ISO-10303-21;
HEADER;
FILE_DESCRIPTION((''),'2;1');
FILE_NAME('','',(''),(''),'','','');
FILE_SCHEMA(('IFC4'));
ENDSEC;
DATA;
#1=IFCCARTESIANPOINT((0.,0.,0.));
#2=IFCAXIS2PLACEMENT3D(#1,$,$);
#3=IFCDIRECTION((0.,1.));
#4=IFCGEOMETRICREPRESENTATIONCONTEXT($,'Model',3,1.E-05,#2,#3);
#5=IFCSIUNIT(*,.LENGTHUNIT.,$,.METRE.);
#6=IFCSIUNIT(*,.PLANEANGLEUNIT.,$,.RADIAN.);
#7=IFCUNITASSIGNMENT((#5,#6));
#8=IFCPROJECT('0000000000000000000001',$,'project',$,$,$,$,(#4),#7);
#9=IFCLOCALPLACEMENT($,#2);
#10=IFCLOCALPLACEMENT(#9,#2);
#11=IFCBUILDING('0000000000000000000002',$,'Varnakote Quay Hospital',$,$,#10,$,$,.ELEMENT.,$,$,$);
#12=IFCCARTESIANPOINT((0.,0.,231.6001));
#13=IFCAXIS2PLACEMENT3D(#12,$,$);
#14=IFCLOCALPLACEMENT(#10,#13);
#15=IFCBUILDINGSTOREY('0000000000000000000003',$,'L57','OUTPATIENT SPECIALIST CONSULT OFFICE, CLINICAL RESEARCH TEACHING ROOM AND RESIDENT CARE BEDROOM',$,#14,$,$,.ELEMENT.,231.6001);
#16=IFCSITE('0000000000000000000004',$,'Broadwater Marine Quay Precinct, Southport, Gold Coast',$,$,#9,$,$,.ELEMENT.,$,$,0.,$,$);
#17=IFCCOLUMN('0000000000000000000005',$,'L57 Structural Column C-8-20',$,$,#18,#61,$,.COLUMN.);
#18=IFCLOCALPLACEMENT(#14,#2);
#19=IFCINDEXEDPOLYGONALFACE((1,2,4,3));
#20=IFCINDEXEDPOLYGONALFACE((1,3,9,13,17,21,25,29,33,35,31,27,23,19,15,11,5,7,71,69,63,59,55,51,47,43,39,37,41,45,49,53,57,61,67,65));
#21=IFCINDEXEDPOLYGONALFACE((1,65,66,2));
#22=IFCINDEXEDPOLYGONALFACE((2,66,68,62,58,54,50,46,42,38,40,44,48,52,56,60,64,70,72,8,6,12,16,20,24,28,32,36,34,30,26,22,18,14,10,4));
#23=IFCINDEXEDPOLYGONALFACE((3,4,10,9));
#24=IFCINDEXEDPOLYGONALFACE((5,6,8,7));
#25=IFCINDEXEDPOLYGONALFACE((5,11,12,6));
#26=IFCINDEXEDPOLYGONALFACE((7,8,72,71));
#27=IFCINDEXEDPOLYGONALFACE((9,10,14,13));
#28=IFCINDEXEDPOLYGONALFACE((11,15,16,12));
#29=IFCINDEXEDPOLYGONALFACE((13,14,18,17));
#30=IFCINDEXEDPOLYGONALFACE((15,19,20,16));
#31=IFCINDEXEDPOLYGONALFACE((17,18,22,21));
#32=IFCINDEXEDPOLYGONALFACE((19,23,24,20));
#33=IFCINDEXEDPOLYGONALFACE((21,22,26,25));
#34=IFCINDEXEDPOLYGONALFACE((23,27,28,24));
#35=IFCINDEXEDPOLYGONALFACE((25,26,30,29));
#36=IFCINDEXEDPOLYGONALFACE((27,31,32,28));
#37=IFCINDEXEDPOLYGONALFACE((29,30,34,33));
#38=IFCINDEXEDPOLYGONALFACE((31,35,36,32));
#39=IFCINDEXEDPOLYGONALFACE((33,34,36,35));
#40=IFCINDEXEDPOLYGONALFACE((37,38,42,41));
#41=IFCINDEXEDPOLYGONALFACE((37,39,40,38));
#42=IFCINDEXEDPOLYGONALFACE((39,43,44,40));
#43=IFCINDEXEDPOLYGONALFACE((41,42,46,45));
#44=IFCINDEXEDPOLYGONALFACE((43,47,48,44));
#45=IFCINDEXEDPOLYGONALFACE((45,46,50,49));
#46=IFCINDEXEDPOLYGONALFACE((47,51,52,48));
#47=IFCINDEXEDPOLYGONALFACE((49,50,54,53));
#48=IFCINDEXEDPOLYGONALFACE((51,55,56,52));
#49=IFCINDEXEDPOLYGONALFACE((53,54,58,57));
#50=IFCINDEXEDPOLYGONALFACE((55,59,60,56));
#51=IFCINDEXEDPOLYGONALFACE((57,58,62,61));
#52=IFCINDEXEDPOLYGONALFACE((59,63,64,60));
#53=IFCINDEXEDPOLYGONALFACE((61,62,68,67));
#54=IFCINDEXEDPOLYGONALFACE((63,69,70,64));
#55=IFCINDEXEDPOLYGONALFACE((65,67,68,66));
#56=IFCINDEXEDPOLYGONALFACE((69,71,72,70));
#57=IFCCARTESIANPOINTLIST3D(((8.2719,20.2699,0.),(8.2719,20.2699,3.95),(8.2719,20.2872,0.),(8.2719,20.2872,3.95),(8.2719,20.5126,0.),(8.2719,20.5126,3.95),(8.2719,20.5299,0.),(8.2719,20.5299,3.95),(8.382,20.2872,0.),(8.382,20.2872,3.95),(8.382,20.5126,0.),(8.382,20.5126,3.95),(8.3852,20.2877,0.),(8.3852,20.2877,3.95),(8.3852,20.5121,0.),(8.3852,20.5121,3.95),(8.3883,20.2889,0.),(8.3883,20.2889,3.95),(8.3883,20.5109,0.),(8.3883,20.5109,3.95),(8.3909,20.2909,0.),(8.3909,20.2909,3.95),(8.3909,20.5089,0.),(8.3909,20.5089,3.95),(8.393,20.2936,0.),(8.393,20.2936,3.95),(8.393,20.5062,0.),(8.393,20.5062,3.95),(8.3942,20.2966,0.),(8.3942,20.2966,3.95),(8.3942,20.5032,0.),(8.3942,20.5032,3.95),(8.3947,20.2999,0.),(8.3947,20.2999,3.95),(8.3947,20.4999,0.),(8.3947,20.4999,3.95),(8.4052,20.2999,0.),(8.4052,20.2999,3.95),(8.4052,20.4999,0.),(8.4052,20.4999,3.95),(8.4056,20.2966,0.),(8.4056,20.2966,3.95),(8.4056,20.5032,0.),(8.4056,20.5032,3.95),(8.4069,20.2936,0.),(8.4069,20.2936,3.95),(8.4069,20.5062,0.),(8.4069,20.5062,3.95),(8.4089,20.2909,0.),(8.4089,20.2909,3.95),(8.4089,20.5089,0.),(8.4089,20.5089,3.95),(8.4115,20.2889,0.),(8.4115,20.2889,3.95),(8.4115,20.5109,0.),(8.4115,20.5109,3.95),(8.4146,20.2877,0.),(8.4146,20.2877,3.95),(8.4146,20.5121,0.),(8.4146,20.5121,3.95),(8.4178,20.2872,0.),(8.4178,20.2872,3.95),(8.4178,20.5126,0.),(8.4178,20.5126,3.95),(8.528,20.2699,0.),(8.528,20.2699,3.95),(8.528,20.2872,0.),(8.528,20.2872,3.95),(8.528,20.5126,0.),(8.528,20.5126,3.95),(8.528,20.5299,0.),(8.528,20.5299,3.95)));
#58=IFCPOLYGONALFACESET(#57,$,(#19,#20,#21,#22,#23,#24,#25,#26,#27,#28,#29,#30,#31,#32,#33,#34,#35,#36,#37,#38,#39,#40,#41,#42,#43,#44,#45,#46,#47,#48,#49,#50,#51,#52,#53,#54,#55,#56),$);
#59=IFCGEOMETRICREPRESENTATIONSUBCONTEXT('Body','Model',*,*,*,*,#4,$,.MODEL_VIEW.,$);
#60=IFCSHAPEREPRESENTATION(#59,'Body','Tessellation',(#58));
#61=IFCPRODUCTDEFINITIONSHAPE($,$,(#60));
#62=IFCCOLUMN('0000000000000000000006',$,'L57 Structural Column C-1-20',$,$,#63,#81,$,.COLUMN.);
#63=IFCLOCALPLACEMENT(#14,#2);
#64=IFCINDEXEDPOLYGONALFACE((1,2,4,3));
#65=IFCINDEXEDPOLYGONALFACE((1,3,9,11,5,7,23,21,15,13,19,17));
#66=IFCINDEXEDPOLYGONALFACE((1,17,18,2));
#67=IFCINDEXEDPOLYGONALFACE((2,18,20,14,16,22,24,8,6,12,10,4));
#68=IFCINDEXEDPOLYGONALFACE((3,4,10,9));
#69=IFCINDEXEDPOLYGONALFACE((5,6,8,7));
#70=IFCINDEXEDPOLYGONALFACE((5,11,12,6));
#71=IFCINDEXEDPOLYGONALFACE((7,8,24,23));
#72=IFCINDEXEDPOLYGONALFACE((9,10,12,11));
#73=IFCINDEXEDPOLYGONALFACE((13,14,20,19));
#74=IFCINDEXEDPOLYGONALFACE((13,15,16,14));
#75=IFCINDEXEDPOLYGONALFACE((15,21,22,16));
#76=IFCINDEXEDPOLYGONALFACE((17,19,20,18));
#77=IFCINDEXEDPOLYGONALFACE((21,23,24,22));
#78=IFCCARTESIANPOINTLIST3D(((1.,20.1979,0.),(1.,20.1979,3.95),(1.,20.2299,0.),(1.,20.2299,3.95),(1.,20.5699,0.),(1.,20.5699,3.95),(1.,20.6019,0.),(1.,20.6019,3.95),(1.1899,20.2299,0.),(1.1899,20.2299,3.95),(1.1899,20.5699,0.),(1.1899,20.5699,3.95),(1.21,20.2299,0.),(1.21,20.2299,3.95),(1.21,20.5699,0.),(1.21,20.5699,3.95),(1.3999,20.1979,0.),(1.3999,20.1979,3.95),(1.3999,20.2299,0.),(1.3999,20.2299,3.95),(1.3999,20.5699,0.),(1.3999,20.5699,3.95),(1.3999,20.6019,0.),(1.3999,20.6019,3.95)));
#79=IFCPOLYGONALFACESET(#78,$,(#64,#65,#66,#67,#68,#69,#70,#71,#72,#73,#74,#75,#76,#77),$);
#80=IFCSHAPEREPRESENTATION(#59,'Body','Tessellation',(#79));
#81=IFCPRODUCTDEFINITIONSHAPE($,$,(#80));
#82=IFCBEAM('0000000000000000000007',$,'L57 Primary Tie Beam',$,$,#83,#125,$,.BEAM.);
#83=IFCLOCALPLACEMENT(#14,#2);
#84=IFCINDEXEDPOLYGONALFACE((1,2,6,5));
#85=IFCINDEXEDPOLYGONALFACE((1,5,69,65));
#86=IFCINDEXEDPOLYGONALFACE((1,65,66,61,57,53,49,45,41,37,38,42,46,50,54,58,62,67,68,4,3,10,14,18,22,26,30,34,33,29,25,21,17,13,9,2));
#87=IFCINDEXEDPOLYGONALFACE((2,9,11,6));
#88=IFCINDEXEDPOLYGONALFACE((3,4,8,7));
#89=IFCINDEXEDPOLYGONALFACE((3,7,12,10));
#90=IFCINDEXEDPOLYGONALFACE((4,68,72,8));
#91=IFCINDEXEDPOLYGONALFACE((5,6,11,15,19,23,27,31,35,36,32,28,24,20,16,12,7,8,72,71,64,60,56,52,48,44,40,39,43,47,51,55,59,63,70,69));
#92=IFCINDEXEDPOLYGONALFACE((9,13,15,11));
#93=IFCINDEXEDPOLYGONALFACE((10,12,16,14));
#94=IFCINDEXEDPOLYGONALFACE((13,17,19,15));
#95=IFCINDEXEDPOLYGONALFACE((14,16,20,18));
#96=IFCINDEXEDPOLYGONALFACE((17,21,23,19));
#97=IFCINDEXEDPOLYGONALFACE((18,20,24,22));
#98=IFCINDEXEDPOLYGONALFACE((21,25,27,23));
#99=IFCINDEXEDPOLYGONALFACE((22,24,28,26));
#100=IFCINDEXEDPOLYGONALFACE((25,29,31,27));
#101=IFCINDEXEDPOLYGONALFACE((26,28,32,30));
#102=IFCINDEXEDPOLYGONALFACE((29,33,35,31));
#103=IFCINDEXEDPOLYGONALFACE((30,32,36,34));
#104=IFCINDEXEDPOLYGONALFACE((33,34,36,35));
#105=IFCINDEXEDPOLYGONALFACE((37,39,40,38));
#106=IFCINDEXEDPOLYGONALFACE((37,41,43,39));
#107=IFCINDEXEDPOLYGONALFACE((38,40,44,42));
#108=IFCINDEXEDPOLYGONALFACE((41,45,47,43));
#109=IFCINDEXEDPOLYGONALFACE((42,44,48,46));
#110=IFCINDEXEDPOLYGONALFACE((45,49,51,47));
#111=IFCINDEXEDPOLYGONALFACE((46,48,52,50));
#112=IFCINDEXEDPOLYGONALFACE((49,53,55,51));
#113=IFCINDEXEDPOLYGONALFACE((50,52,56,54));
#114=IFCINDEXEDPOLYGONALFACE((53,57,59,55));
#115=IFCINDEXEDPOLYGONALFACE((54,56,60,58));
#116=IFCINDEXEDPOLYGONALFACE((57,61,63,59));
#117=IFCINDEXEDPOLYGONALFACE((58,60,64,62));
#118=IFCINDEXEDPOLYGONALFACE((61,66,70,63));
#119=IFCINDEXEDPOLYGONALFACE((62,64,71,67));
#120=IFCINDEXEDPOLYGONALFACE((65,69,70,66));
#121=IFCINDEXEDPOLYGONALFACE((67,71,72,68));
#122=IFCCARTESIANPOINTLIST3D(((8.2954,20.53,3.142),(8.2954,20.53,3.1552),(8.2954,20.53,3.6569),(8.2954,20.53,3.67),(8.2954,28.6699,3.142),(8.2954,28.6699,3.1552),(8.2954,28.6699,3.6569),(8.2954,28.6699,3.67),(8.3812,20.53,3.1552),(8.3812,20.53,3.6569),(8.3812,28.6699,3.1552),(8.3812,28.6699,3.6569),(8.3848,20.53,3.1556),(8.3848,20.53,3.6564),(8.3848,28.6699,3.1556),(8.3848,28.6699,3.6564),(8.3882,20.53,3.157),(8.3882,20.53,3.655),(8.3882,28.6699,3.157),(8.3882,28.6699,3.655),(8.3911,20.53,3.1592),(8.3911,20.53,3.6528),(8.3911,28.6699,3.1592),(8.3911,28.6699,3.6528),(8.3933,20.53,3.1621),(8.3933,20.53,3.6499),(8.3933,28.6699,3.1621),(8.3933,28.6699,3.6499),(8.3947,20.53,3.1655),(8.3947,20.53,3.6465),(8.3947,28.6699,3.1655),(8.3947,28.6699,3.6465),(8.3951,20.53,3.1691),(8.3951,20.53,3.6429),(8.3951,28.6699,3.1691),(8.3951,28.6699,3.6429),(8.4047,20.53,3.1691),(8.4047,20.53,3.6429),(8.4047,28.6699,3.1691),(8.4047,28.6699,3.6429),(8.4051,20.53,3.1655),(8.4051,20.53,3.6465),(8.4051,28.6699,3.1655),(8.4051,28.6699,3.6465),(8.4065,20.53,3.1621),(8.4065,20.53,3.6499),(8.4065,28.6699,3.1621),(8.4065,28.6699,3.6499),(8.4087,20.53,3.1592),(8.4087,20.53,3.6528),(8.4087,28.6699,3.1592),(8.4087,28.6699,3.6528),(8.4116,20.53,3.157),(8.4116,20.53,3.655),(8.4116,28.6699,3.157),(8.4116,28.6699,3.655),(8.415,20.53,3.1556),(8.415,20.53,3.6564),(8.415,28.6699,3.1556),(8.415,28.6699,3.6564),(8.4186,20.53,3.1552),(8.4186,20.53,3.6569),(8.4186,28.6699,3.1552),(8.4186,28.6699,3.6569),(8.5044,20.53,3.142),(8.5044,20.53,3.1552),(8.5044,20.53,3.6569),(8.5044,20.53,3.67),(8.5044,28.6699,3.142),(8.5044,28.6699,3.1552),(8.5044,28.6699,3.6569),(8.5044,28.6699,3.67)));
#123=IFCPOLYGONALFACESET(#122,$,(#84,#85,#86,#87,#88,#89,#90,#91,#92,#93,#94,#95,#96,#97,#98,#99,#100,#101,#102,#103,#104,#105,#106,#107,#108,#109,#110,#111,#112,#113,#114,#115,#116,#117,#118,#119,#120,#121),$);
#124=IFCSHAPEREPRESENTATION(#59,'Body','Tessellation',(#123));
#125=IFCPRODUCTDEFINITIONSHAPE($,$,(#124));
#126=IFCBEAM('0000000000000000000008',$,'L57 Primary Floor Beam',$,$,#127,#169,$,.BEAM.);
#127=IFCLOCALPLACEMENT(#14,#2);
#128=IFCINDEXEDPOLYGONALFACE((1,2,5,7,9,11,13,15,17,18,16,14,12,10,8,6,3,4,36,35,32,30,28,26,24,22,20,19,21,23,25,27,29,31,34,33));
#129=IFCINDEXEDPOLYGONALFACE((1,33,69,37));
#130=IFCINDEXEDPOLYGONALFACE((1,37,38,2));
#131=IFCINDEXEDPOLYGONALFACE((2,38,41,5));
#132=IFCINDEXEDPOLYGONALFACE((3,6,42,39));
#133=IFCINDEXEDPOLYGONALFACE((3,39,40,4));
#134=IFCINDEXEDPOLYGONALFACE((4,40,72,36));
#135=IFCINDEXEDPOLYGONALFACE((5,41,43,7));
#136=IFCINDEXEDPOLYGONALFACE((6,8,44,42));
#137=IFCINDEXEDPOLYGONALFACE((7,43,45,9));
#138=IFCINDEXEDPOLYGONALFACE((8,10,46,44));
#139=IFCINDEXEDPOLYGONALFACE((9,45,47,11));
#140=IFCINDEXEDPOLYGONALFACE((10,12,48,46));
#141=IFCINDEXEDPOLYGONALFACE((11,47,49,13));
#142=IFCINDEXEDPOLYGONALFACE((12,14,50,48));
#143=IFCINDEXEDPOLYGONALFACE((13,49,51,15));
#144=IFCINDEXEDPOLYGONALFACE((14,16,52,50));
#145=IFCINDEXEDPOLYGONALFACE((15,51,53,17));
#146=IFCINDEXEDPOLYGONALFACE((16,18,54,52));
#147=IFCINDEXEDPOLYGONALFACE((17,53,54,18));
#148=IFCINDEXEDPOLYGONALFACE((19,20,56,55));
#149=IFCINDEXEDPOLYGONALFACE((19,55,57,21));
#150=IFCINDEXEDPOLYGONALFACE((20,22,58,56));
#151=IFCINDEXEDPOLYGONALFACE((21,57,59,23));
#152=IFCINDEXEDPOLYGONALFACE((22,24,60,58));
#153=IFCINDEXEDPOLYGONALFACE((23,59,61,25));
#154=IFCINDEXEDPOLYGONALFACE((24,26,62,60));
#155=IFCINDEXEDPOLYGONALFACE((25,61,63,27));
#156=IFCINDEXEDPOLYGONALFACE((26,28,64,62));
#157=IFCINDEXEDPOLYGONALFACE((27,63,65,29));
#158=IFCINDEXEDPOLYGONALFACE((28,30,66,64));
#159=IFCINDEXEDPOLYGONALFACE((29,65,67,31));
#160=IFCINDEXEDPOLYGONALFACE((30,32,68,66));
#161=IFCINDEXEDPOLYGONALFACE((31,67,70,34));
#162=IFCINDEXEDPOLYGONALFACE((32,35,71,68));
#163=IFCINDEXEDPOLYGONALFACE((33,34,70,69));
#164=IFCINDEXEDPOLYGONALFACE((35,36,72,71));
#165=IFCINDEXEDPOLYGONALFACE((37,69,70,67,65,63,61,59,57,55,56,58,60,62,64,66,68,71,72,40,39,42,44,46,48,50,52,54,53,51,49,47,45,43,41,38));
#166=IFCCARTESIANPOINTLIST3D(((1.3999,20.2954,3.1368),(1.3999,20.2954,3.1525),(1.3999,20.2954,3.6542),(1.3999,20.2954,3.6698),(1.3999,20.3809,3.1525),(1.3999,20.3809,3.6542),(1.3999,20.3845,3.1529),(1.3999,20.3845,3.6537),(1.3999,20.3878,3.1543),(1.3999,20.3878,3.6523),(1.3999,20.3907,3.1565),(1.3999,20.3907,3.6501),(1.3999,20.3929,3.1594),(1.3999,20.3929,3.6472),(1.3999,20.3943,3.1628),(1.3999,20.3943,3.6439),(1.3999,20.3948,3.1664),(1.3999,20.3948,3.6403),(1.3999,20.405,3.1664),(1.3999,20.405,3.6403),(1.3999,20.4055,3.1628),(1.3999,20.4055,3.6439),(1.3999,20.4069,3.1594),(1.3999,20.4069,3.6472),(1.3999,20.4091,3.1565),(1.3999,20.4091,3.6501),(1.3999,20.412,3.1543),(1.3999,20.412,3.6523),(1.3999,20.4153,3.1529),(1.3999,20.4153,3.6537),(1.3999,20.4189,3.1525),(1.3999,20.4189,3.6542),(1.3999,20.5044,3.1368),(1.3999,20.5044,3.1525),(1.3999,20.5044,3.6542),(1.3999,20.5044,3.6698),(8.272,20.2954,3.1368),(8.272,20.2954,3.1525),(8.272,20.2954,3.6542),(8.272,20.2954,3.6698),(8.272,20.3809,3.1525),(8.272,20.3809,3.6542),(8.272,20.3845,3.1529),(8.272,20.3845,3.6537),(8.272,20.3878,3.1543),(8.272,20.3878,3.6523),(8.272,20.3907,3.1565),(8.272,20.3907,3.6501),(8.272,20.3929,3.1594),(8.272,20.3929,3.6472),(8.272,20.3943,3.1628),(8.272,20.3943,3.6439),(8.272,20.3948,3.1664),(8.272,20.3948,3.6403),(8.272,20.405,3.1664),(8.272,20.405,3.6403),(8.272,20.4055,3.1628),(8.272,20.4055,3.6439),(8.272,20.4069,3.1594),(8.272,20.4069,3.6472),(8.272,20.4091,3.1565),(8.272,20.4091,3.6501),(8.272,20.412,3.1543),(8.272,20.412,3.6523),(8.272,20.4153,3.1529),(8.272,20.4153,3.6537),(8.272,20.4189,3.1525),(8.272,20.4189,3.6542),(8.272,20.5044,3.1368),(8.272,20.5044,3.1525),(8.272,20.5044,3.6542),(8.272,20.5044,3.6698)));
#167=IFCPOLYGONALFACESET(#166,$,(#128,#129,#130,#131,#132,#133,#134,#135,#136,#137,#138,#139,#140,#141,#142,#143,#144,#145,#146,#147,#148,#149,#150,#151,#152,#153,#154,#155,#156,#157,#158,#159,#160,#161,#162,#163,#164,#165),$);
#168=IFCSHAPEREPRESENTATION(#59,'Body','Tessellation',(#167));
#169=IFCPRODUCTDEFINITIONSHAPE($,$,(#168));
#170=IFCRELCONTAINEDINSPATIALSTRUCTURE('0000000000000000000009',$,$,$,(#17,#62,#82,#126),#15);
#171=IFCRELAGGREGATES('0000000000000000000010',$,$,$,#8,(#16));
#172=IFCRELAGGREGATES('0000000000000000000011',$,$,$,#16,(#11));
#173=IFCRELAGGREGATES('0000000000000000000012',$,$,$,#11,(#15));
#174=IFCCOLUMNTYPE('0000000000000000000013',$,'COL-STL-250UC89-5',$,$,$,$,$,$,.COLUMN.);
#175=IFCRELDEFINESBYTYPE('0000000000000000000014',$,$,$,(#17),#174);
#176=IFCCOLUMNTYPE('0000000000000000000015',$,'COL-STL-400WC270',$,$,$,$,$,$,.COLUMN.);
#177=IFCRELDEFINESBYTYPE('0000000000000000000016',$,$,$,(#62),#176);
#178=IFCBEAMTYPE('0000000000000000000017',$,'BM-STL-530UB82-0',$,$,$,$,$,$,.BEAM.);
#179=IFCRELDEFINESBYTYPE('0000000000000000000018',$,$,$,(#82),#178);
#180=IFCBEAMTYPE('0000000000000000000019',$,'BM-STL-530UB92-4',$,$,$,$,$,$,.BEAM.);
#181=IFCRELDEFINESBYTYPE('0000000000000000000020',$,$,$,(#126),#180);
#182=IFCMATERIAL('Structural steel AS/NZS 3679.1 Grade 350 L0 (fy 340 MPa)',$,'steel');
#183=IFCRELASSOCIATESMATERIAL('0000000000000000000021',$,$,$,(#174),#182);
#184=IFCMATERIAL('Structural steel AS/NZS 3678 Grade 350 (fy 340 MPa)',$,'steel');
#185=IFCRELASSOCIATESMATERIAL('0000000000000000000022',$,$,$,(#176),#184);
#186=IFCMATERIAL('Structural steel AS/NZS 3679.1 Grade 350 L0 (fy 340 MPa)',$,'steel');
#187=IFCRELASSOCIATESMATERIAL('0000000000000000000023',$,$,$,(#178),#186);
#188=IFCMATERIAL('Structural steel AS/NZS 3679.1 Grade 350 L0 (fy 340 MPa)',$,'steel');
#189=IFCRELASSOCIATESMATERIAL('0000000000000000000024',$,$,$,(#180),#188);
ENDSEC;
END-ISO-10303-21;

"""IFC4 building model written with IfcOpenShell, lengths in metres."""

from ifc_helpers import new_model, si_unit, direction, frame, origin, origin_2d, place, context, subcontext, project, spatial, i_section, extrude, material, material_profile, profile_set, type_object, element, save


model = new_model("IFC4")

# Units and contexts
model_context = context("Model", 3, precision=1e-05, world=origin(), true_north=direction((0.0, 1.0)))
body_context = subcontext(model_context, "Body", "Model", "MODEL_VIEW")
ifc_project = project(units=[si_unit("LENGTHUNIT", "METRE"), si_unit("PLANEANGLEUNIT", "RADIAN")], contexts=[model_context])

# Site, building, storey
site_placement = place(None, origin())
site = spatial("IfcSite", under=ifc_project, at=site_placement, Name="Broadwater Marine Quay Precinct, Southport, Gold Coast", CompositionType="ELEMENT", RefElevation=0.0)
building_placement = place(site_placement, origin())
building = spatial("IfcBuilding", under=site, at=building_placement, Name="Varnakote Quay Hospital", CompositionType="ELEMENT")
storey_placement = place(building_placement, frame((0.0, 0.0, 231.6001)))
storey = spatial("IfcBuildingStorey", under=building, at=storey_placement, Name="L57", Description="OUTPATIENT SPECIALIST CONSULT OFFICE, CLINICAL RESEARCH TEACHING ROOM AND RESIDENT CARE BEDROOM", CompositionType="ELEMENT", Elevation=231.6001)

# Columns
ifc_material_1 = material(Name="Structural steel AS/NZS 3679.1 Grade 350 L0 (fy 340 MPa)", Category="steel")
ifc_material_profile_1 = material_profile(ifc_material_1, i_section(OverallWidth=0.2561, OverallDepth=0.26, WebThickness=0.0105, FlangeThickness=0.0173, FilletRadius=0.0127, at=origin_2d()), Name="250UC89.5")
ifc_profile_set_1 = profile_set([ifc_material_profile_1], Name="Structural steel AS/NZS 3679.1 Grade 350 L0 (fy 340 MPa)")
column_type_1 = type_object("IfcColumnType", Name="COL-STL-250UC89-5", PredefinedType="COLUMN", material=ifc_profile_set_1)
column_1_placement = place(storey_placement, frame((8.3999, 20.3999, 0.0), z_axis=(0.0, 0.0, 1.0), x_axis=(1.0, 0.0, 0.0)))
element("IfcColumn", 1, at=column_1_placement, inside=storey, type_object=column_type_1, Name="L57 Structural Column C-8-20", PredefinedType="COLUMN", context=body_context, shape_type="SweptSolid", body=[
    extrude(i_section(OverallWidth=0.2561, OverallDepth=0.26, WebThickness=0.0105, FlangeThickness=0.0173, FilletRadius=0.0127, at=origin_2d()), origin(), (0.0, 0.0, 1.0), 3.95),
])
ifc_material_2 = material(Name="Structural steel AS/NZS 3678 Grade 350 (fy 340 MPa)", Category="steel")
ifc_material_profile_2 = material_profile(ifc_material_2, i_section(OverallWidth=0.3999, OverallDepth=0.4041, WebThickness=0.02, FlangeThickness=0.032, at=origin_2d()), Name="400WC270")
ifc_profile_set_2 = profile_set([ifc_material_profile_2], Name="Structural steel AS/NZS 3678 Grade 350 (fy 340 MPa)")
column_type_2 = type_object("IfcColumnType", Name="COL-STL-400WC270", PredefinedType="COLUMN", material=ifc_profile_set_2)
column_2_placement = place(storey_placement, frame((1.2, 20.3999, 0.0), z_axis=(0.0, 0.0, 1.0), x_axis=(1.0, 0.0, 0.0)))
element("IfcColumn", 2, at=column_2_placement, inside=storey, type_object=column_type_2, Name="L57 Structural Column C-1-20", PredefinedType="COLUMN", context=body_context, shape_type="SweptSolid", body=[
    extrude(i_section(OverallWidth=0.3999, OverallDepth=0.4041, WebThickness=0.02, FlangeThickness=0.032, at=origin_2d()), origin(), (0.0, 0.0, 1.0), 3.95),
])

# Beams
ifc_material_3 = material(Name="Structural steel AS/NZS 3679.1 Grade 350 L0 (fy 340 MPa)", Category="steel")
ifc_material_profile_3 = material_profile(ifc_material_3, i_section(OverallWidth=0.209, OverallDepth=0.5281, WebThickness=0.0095, FlangeThickness=0.0132, FilletRadius=0.0139, at=origin_2d()), Name="530UB82.0")
ifc_profile_set_3 = profile_set([ifc_material_profile_3], Name="Structural steel AS/NZS 3679.1 Grade 350 L0 (fy 340 MPa)")
beam_type_1 = type_object("IfcBeamType", Name="BM-STL-530UB82-0", PredefinedType="BEAM", material=ifc_profile_set_3)
beam_1_placement = place(storey_placement, frame((8.3999, 20.53, 3.406), z_axis=(0.0, 1.0, 0.0), x_axis=(-1.0, 0.0, 0.0)))
element("IfcBeam", 3, at=beam_1_placement, inside=storey, type_object=beam_type_1, Name="L57 Primary Tie Beam", PredefinedType="BEAM", context=body_context, shape_type="SweptSolid", body=[
    extrude(i_section(OverallWidth=0.209, OverallDepth=0.5281, WebThickness=0.0095, FlangeThickness=0.0132, FilletRadius=0.0139, at=origin_2d()), origin(), (0.0, 0.0, 1.0), 8.1399),
])
ifc_material_4 = material(Name="Structural steel AS/NZS 3679.1 Grade 350 L0 (fy 340 MPa)", Category="steel")
ifc_material_profile_4 = material_profile(ifc_material_4, i_section(OverallWidth=0.209, OverallDepth=0.533, WebThickness=0.0103, FlangeThickness=0.0156, FilletRadius=0.0139, at=origin_2d()), Name="530UB92.4")
ifc_profile_set_4 = profile_set([ifc_material_profile_4], Name="Structural steel AS/NZS 3679.1 Grade 350 L0 (fy 340 MPa)")
beam_type_2 = type_object("IfcBeamType", Name="BM-STL-530UB92-4", PredefinedType="BEAM", material=ifc_profile_set_4)
beam_2_placement = place(storey_placement, frame((1.3999, 20.3999, 3.4033), z_axis=(1.0, 0.0, 0.0), x_axis=(0.0, 1.0, 0.0)))
element("IfcBeam", 4, at=beam_2_placement, inside=storey, type_object=beam_type_2, Name="L57 Primary Floor Beam", PredefinedType="BEAM", context=body_context, shape_type="SweptSolid", body=[
    extrude(i_section(OverallWidth=0.209, OverallDepth=0.533, WebThickness=0.0103, FlangeThickness=0.0156, FilletRadius=0.0139, at=origin_2d()), origin(), (0.0, 0.0, 1.0), 6.8721),
])

save(model, "model.ifc")
